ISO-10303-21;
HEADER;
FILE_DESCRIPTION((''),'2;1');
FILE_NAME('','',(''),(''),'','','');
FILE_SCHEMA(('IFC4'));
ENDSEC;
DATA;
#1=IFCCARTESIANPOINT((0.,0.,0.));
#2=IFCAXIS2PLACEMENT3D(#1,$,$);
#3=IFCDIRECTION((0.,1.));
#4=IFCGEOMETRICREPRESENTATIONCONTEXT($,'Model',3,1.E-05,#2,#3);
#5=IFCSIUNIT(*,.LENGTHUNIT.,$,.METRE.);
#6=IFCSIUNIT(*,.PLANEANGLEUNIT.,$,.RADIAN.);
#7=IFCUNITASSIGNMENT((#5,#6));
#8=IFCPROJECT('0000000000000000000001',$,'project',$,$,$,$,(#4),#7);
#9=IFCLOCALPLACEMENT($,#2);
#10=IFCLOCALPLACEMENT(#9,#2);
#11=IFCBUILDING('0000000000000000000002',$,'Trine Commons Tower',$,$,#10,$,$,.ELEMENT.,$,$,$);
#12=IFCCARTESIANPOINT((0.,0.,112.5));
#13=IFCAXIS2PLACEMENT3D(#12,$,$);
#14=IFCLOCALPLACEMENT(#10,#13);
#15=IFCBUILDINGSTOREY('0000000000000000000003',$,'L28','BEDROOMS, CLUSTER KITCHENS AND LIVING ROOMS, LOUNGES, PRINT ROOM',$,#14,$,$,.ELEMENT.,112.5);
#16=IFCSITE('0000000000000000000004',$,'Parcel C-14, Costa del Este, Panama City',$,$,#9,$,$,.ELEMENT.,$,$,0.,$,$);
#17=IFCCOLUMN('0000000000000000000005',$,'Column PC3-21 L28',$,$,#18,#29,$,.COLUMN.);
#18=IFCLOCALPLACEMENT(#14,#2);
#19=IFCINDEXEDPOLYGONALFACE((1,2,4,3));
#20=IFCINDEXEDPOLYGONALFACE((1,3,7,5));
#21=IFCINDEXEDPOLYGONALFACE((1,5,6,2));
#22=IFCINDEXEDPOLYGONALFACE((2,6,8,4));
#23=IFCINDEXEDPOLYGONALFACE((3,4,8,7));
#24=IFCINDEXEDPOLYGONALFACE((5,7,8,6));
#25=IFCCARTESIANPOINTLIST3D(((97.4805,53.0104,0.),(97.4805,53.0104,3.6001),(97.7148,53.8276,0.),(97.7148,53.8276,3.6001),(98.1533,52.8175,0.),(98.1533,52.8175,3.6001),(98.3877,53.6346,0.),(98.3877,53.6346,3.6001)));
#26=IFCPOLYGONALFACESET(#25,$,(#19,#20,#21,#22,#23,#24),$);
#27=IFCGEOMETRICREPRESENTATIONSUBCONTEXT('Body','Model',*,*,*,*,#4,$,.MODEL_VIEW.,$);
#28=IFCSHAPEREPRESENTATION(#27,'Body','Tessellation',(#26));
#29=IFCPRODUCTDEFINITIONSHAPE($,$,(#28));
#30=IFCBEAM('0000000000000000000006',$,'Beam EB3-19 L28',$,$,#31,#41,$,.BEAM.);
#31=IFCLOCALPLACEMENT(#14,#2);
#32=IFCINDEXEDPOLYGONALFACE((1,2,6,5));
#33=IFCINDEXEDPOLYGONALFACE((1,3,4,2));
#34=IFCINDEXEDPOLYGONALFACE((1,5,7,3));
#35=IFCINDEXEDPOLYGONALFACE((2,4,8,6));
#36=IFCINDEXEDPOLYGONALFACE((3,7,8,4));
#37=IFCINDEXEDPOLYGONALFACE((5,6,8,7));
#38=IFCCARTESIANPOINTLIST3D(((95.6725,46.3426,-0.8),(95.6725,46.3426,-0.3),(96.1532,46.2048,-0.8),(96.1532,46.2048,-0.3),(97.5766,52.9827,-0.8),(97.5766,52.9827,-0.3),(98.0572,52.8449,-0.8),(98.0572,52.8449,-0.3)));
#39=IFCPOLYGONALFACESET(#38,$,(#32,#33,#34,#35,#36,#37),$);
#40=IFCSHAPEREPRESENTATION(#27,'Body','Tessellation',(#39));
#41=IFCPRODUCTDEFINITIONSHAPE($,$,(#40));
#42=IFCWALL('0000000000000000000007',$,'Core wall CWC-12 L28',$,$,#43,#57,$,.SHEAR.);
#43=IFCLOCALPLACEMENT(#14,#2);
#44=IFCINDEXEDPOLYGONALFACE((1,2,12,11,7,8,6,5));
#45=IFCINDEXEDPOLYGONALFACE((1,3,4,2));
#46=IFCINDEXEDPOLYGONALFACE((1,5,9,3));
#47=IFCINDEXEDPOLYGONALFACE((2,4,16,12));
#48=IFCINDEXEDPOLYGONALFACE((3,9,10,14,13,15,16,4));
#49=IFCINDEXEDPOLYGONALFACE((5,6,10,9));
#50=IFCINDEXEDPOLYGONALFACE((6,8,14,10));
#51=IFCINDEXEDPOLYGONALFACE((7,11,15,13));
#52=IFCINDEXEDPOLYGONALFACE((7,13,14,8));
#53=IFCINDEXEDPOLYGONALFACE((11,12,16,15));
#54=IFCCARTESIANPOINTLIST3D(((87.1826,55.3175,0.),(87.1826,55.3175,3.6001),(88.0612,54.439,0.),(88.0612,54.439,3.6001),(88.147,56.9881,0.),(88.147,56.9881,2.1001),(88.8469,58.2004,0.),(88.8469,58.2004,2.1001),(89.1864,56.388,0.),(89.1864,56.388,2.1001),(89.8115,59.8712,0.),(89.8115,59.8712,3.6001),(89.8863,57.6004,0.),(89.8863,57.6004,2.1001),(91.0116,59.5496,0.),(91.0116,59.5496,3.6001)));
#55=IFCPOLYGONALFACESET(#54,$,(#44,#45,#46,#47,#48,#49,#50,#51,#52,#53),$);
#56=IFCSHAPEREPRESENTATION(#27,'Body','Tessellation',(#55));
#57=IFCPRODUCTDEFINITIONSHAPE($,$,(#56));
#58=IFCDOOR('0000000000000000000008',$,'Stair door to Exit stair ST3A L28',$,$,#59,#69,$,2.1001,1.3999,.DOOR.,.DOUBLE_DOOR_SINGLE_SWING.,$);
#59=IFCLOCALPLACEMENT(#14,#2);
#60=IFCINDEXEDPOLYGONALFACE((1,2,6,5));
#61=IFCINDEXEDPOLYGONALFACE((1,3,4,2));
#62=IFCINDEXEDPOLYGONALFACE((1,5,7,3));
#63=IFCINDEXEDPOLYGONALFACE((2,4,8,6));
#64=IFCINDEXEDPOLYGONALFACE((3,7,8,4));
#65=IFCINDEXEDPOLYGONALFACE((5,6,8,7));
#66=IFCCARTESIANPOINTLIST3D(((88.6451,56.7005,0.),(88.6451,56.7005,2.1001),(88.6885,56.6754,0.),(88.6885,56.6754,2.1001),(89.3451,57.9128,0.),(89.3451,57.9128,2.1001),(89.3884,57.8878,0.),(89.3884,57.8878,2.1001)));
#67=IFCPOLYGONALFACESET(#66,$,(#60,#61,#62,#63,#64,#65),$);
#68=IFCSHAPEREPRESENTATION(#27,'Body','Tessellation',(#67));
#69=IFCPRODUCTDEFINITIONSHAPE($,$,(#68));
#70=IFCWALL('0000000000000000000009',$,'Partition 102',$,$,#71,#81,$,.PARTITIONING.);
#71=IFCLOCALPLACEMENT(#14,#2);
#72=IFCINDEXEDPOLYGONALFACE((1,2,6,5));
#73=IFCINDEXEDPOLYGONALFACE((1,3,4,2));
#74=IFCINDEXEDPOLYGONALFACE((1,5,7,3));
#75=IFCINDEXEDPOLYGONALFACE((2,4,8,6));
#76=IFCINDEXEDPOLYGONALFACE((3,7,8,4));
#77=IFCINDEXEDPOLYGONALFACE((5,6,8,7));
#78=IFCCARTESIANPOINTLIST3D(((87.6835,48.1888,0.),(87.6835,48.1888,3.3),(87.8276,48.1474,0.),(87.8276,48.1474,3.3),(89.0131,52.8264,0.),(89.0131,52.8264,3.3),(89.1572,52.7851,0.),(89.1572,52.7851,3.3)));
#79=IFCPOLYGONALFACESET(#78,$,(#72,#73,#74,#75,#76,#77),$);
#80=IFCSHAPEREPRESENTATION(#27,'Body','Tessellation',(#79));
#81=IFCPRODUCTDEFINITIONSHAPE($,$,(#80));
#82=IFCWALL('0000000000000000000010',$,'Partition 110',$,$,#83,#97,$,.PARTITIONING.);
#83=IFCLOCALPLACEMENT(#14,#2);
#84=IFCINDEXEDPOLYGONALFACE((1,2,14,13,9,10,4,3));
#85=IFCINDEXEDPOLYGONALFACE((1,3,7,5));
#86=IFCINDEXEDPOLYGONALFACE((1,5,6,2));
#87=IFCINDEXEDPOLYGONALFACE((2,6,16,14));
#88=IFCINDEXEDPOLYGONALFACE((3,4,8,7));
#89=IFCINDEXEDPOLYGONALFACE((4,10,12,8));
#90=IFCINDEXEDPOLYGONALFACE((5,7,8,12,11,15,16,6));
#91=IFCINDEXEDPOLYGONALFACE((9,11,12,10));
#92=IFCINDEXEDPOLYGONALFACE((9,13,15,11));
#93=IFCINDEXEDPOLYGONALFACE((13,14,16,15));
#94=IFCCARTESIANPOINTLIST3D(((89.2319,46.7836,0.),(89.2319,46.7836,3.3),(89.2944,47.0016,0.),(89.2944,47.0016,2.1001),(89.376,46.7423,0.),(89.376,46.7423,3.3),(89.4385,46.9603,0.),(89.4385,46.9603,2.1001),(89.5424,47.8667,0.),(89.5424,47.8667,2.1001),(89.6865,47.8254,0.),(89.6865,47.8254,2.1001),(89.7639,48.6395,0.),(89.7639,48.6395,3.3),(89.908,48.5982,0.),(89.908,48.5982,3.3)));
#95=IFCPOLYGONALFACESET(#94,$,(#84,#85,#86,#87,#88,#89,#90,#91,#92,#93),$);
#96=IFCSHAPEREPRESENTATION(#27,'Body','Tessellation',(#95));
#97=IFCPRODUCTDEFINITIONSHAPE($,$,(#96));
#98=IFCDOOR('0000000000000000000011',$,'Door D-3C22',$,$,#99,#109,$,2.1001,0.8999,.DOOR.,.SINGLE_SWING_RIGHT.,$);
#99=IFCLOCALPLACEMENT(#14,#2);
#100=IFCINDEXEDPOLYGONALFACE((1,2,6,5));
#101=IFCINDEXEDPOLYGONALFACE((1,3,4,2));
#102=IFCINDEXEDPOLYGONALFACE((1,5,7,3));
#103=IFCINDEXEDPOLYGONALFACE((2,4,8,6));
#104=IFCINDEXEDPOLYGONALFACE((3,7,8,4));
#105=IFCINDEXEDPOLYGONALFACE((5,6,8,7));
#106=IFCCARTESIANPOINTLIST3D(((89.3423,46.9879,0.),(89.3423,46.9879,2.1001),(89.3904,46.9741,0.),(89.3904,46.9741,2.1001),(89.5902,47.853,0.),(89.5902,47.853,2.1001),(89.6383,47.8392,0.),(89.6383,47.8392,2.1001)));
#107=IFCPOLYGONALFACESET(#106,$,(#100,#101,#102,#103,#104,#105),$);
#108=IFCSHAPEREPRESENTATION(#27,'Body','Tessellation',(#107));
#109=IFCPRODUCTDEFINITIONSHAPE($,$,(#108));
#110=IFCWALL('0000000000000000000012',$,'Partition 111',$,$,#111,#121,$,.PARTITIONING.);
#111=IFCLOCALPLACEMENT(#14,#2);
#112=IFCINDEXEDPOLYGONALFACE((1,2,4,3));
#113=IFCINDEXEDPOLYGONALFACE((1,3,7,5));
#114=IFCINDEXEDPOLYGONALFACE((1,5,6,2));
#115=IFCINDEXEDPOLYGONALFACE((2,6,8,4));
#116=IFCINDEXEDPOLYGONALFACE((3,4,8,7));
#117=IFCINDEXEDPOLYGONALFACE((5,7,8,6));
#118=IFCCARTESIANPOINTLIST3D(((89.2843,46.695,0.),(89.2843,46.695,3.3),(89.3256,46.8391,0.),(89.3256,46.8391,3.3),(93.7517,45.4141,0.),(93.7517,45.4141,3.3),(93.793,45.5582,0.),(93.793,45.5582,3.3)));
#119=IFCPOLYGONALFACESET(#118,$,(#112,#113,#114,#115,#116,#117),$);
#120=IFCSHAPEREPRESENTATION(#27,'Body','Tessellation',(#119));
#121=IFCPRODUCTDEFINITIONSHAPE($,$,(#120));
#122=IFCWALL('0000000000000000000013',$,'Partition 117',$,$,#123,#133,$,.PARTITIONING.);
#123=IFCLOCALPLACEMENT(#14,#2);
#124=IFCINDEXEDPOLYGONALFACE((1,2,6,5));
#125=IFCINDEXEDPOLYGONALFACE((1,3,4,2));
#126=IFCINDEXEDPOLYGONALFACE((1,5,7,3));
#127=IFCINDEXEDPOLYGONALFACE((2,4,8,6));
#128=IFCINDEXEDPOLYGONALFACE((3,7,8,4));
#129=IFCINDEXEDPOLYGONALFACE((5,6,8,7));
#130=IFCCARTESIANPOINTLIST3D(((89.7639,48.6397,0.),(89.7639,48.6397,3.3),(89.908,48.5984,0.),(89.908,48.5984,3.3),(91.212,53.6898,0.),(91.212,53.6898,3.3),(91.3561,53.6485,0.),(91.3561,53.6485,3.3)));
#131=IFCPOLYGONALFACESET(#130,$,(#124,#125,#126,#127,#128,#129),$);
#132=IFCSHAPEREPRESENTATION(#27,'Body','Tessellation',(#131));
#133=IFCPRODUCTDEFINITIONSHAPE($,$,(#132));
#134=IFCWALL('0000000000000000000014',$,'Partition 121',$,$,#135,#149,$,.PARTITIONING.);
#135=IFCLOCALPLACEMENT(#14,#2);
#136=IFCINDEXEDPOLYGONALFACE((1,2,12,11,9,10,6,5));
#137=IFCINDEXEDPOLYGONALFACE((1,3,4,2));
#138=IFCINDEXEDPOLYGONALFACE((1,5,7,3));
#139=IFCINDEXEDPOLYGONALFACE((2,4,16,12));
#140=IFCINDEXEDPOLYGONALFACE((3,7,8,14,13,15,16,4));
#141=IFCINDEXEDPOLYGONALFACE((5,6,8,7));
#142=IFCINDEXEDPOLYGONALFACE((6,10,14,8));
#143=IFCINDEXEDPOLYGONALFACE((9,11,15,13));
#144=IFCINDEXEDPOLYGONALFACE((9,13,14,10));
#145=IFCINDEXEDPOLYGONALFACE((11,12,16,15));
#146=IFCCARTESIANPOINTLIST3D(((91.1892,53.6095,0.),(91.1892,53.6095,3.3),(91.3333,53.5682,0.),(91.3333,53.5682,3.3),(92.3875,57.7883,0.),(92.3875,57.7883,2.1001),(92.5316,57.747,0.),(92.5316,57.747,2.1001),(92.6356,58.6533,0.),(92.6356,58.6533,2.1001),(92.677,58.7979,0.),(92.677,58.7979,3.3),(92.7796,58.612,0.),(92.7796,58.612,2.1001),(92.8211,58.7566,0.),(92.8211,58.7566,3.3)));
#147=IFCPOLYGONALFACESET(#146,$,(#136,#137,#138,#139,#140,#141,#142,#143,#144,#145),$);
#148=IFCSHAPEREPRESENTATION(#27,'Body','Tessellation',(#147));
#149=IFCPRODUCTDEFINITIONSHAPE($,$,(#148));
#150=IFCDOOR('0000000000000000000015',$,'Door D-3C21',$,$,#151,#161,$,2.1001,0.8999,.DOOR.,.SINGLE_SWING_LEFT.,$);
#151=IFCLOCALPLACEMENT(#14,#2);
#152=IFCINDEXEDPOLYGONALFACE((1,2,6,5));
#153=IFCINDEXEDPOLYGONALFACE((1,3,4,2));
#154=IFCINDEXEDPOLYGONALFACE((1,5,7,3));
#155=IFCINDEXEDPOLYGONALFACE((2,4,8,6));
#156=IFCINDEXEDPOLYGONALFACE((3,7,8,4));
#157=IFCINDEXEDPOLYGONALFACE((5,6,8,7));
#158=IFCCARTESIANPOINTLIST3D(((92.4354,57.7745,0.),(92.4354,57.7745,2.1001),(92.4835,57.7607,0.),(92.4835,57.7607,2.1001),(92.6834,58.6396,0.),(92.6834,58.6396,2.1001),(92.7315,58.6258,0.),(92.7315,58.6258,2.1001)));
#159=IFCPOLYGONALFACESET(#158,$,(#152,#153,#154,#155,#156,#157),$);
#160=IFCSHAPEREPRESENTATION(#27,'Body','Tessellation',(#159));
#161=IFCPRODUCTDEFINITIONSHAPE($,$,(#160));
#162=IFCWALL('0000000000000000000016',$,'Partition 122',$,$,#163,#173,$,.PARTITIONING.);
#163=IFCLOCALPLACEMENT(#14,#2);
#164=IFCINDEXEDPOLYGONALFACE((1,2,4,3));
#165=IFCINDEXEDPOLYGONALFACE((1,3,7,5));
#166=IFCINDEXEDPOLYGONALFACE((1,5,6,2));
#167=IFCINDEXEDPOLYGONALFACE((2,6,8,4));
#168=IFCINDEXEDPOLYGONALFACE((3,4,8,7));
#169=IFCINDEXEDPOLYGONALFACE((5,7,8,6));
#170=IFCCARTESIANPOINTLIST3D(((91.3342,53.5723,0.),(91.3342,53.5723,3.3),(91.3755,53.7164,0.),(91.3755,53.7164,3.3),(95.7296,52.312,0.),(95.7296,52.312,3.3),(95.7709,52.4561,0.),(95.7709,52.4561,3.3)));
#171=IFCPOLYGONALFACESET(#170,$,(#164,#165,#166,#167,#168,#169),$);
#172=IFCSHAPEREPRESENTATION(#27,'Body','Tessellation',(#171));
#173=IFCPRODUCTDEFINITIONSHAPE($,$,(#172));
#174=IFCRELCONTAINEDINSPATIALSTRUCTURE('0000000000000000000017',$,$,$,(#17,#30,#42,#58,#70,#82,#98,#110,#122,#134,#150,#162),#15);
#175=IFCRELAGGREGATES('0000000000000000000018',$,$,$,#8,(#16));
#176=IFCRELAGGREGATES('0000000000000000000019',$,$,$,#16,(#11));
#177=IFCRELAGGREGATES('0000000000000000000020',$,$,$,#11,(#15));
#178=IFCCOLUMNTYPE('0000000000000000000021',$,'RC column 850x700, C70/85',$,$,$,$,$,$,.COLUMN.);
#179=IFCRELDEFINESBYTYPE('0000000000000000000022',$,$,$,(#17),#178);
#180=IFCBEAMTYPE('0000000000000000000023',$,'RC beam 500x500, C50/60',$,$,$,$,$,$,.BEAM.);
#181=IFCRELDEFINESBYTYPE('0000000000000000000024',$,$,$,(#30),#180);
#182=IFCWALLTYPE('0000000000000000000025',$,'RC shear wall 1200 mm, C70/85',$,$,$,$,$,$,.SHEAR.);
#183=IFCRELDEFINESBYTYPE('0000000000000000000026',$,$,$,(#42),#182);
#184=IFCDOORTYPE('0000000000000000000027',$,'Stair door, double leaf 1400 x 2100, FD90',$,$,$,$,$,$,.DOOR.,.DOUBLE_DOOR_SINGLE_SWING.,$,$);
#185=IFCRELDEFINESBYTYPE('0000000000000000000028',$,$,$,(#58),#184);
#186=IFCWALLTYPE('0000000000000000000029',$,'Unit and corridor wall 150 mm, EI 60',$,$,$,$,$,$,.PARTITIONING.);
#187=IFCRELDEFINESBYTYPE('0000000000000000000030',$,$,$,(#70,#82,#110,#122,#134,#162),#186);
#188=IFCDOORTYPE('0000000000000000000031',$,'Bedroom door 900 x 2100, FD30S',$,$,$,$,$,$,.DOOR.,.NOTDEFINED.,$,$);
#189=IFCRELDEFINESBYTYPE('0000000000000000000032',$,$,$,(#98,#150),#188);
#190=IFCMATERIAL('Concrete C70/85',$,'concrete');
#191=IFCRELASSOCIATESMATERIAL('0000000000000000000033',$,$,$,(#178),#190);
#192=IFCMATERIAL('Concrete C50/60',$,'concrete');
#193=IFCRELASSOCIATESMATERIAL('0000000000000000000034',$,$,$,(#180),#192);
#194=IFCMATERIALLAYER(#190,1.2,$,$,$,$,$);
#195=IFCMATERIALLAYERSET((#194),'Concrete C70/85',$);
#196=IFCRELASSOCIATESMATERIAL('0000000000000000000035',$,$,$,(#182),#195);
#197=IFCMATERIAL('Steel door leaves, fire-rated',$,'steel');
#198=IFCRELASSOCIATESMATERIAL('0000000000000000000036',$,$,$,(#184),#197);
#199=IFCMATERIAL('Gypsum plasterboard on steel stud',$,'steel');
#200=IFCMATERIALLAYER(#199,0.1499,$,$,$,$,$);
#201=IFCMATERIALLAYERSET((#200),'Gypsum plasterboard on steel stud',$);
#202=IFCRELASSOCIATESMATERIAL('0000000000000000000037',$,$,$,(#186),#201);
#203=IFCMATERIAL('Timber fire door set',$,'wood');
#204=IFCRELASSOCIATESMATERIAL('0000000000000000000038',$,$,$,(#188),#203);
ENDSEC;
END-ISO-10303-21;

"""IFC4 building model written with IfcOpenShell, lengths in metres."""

from ifc_helpers import new_model, si_unit, direction, frame, frame_2d, origin, origin_2d, place, context, subcontext, project, spatial, polyline, rectangle, outline, extrude, material, layer, layer_set, material_profile, profile_set, type_object, element, fill, save


model = new_model("IFC4")

# Units and contexts
model_context = context("Model", 3, precision=1e-05, world=origin(), true_north=direction((0.0, 1.0)))
body_context = subcontext(model_context, "Body", "Model", "MODEL_VIEW")
ifc_project = project(units=[si_unit("LENGTHUNIT", "METRE"), si_unit("PLANEANGLEUNIT", "RADIAN")], contexts=[model_context])

# Site, building, storey
site_placement = place(None, origin())
site = spatial("IfcSite", under=ifc_project, at=site_placement, Name="Parcel C-14, Costa del Este, Panama City", CompositionType="ELEMENT", RefElevation=0.0)
building_placement = place(site_placement, origin())
building = spatial("IfcBuilding", under=site, at=building_placement, Name="Trine Commons Tower", CompositionType="ELEMENT")
storey_placement = place(building_placement, frame((0.0, 0.0, 112.5)))
storey = spatial("IfcBuildingStorey", under=building, at=storey_placement, Name="L28", Description="BEDROOMS, CLUSTER KITCHENS AND LIVING ROOMS, LOUNGES, PRINT ROOM", CompositionType="ELEMENT", Elevation=112.5)

# Column
ifc_material_1 = material(Name="Concrete C70/85", Category="concrete")
ifc_material_profile_1 = material_profile(ifc_material_1, rectangle(XDim=0.8501, YDim=0.7, at=origin_2d()), Name="RC 850x700")
ifc_profile_set_1 = profile_set([ifc_material_profile_1], Name="Concrete C70/85")
column_type = type_object("IfcColumnType", Name="RC column 850x700, C70/85", PredefinedType="COLUMN", material=ifc_profile_set_1)
column_placement = place(storey_placement, frame((97.9341, 53.3225, 0.0), z_axis=(0.0, 0.0, 1.0), x_axis=(0.275637, 0.961262, 0.0)))
element("IfcColumn", 1, at=column_placement, inside=storey, type_object=column_type, Name="Column PC3-21 L28", PredefinedType="COLUMN", context=body_context, shape_type="SweptSolid", body=[
    extrude(rectangle(XDim=0.8501, YDim=0.7, at=origin_2d()), origin(), (0.0, 0.0, 1.0), 3.6001),
])

# Beam
ifc_material_2 = material(Name="Concrete C50/60", Category="concrete")
ifc_material_profile_2 = material_profile(ifc_material_2, rectangle(XDim=0.5, YDim=0.5, at=origin_2d()), Name="RC 500x500")
ifc_profile_set_2 = profile_set([ifc_material_profile_2], Name="Concrete C50/60")
beam_type = type_object("IfcBeamType", Name="RC beam 500x500, C50/60", PredefinedType="BEAM", material=ifc_profile_set_2)
beam_placement = place(storey_placement, frame((97.8169, 52.9138, -0.55), z_axis=(-0.275641, -0.961261, 0.0), x_axis=(0.961261, -0.275641, 0.0)))
element("IfcBeam", 2, at=beam_placement, inside=storey, type_object=beam_type, Name="Beam EB3-19 L28", PredefinedType="BEAM", context=body_context, shape_type="SweptSolid", body=[
    extrude(rectangle(XDim=0.5, YDim=0.5, at=origin_2d()), origin(), (0.0, 0.0, 1.0), 6.9077),
])

# Wall, opening, door
ifc_layer_1 = layer(ifc_material_1, 1.2)
ifc_layer_set_1 = layer_set([ifc_layer_1], Name="Concrete C70/85")
wall_type_1 = type_object("IfcWallType", Name="RC shear wall 1200 mm, C70/85", PredefinedType="SHEAR", material=ifc_layer_set_1)
wall_1_placement = place(storey_placement, frame((87.5415, 54.739, 0.0), z_axis=(0.0, 0.0, 1.0), x_axis=(0.499979, 0.866037, 0.0)))
wall_1 = element("IfcWall", 3, at=wall_1_placement, inside=storey, type_object=wall_type_1, Name="Core wall CWC-12 L28", PredefinedType="SHEAR", context=body_context, shape_type="SweptSolid", body=[
    extrude(outline(polyline([(0.0, -0.6001), (5.9011, -0.6001), (5.5796, 0.6001), (0.3215, 0.6001), (0.0, -0.6001)])), origin(), (0.0, 0.0, 1.0), 3.6001),
])
opening_1_placement = place(wall_1_placement, frame((2.2505, 0.0, 0.0)))
opening_1 = element("IfcOpeningElement", 4, at=opening_1_placement, cuts=wall_1, PredefinedType="OPENING", context=body_context, shape_type="SweptSolid", body=[
    extrude(rectangle(XDim=1.3999, YDim=2.1001, at=frame_2d((0.7, 1.05))), frame((0.0, 0.6099, 0.0), z_axis=(0.0, -1.0, 0.0), x_axis=(1.0, 0.0, 0.0)), (0.0, 0.0, 1.0), 1.22),
])
ifc_material_3 = material(Name="Steel door leaves, fire-rated", Category="steel")
door_type_1 = type_object("IfcDoorType", Name="Stair door, double leaf 1400 x 2100, FD90", OperationType="DOUBLE_DOOR_SINGLE_SWING", PredefinedType="DOOR", material=ifc_material_3)
door_1_placement = place(opening_1_placement, origin())
door_1 = element("IfcDoor", 5, at=door_1_placement, inside=storey, type_object=door_type_1, Name="Stair door to Exit stair ST3A L28", OperationType="DOUBLE_DOOR_SINGLE_SWING", OverallHeight=2.1001, OverallWidth=1.3999, PredefinedType="DOOR", context=body_context, shape_type="SweptSolid", body=[
    extrude(rectangle(XDim=1.3999, YDim=2.1001, at=frame_2d((0.7, 1.05))), frame((0.0, 0.0249, 0.0), z_axis=(0.0, -1.0, 0.0), x_axis=(1.0, 0.0, 0.0)), (0.0, 0.0, 1.0), 0.05),
])
fill(opening_1, door_1)

# Wall
ifc_material_4 = material(Name="Gypsum plasterboard on steel stud", Category="steel")
ifc_layer_2 = layer(ifc_material_4, 0.1499)
ifc_layer_set_2 = layer_set([ifc_layer_2], Name="Gypsum plasterboard on steel stud")
wall_type_2 = type_object("IfcWallType", Name="Unit and corridor wall 150 mm, EI 60", PredefinedType="PARTITIONING", material=ifc_layer_set_2)
wall_2_placement = place(storey_placement, frame((87.7556, 48.1682, 0.0), z_axis=(0.0, 0.0, 1.0), x_axis=(0.27559, 0.961275, 0.0)))
element("IfcWall", 6, at=wall_2_placement, inside=storey, type_object=wall_type_2, Name="Partition 102", PredefinedType="PARTITIONING", context=body_context, shape_type="SweptSolid", body=[
    extrude(rectangle(XDim=4.8245, YDim=0.1499, at=frame_2d((2.4121, 0.0))), origin(), (0.0, 0.0, 1.0), 3.3),
])

# Wall, opening, door
wall_3_placement = place(storey_placement, frame((89.304, 46.7629, 0.0), z_axis=(0.0, 0.0, 1.0), x_axis=(0.275539, 0.96129, 0.0)))
wall_3 = element("IfcWall", 7, at=wall_3_placement, inside=storey, type_object=wall_type_2, Name="Partition 110", PredefinedType="PARTITIONING", context=body_context, shape_type="SweptSolid", body=[
    extrude(rectangle(XDim=1.9307, YDim=0.1499, at=frame_2d((0.9653, 0.0))), origin(), (0.0, 0.0, 1.0), 3.3),
])
opening_2_placement = place(wall_3_placement, frame((0.2268, 0.0, 0.0)))
opening_2 = element("IfcOpeningElement", 8, at=opening_2_placement, cuts=wall_3, PredefinedType="OPENING", context=body_context, shape_type="SweptSolid", body=[
    extrude(rectangle(XDim=0.8999, YDim=2.1001, at=frame_2d((0.45, 1.05))), frame((0.0, 0.085, 0.0), z_axis=(0.0, -1.0, 0.0), x_axis=(1.0, 0.0, 0.0)), (0.0, 0.0, 1.0), 0.1699),
])
ifc_material_5 = material(Name="Timber fire door set", Category="wood")
door_type_2 = type_object("IfcDoorType", Name="Bedroom door 900 x 2100, FD30S", OperationType="NOTDEFINED", PredefinedType="DOOR", material=ifc_material_5)
door_2_placement = place(opening_2_placement, frame((0.8999, 0.0, 0.0), z_axis=(0.0, 0.0, 1.0), x_axis=(-1.0, 0.0, 0.0)))
door_2 = element("IfcDoor", 9, at=door_2_placement, inside=storey, type_object=door_type_2, Name="Door D-3C22", OperationType="SINGLE_SWING_RIGHT", OverallHeight=2.1001, OverallWidth=0.8999, PredefinedType="DOOR", context=body_context, shape_type="SweptSolid", body=[
    extrude(rectangle(XDim=0.8999, YDim=2.1001, at=frame_2d((0.45, 1.05))), frame((0.0, 0.0249, 0.0), z_axis=(0.0, -1.0, 0.0), x_axis=(1.0, 0.0, 0.0)), (0.0, 0.0, 1.0), 0.05),
])
fill(opening_2, door_2)

# Walls
wall_4_placement = place(storey_placement, frame((89.3049, 46.7671, 0.0), z_axis=(0.0, 0.0, 1.0), x_axis=(0.961264, -0.27563, 0.0)))
element("IfcWall", 10, at=wall_4_placement, inside=storey, type_object=wall_type_2, Name="Partition 111", PredefinedType="PARTITIONING", context=body_context, shape_type="SweptSolid", body=[
    extrude(rectangle(XDim=4.6475, YDim=0.1499, at=frame_2d((2.3237, 0.0))), origin(), (0.0, 0.0, 1.0), 3.3),
])
wall_5_placement = place(storey_placement, frame((89.8359, 48.6189, 0.0), z_axis=(0.0, 0.0, 1.0), x_axis=(0.275623, 0.961266, 0.0)))
element("IfcWall", 11, at=wall_5_placement, inside=storey, type_object=wall_type_2, Name="Partition 117", PredefinedType="PARTITIONING", context=body_context, shape_type="SweptSolid", body=[
    extrude(rectangle(XDim=5.2537, YDim=0.1499, at=frame_2d((2.627, 0.0))), origin(), (0.0, 0.0, 1.0), 3.3),
])

# Wall, opening, door
wall_6_placement = place(storey_placement, frame((91.2612, 53.5889, 0.0), z_axis=(0.0, 0.0, 1.0), x_axis=(0.275653, 0.961257, 0.0)))
wall_6 = element("IfcWall", 12, at=wall_6_placement, inside=storey, type_object=wall_type_2, Name="Partition 121", PredefinedType="PARTITIONING", context=body_context, shape_type="SweptSolid", body=[
    extrude(rectangle(XDim=5.3975, YDim=0.1499, at=frame_2d((2.6987, 0.0))), origin(), (0.0, 0.0, 1.0), 3.3),
])
opening_3_placement = place(wall_6_placement, frame((4.3472, 0.0, 0.0)))
opening_3 = element("IfcOpeningElement", 13, at=opening_3_placement, cuts=wall_6, PredefinedType="OPENING", context=body_context, shape_type="SweptSolid", body=[
    extrude(rectangle(XDim=0.8999, YDim=2.1001, at=frame_2d((0.45, 1.05))), frame((0.0, 0.085, 0.0), z_axis=(0.0, -1.0, 0.0), x_axis=(1.0, 0.0, 0.0)), (0.0, 0.0, 1.0), 0.1699),
])
door_3_placement = place(opening_3_placement, frame((0.8999, 0.0, 0.0), z_axis=(0.0, 0.0, 1.0), x_axis=(-1.0, 0.0, 0.0)))
door_3 = element("IfcDoor", 14, at=door_3_placement, inside=storey, type_object=door_type_2, Name="Door D-3C21", OperationType="SINGLE_SWING_LEFT", OverallHeight=2.1001, OverallWidth=0.8999, PredefinedType="DOOR", context=body_context, shape_type="SweptSolid", body=[
    extrude(rectangle(XDim=0.8999, YDim=2.1001, at=frame_2d((0.45, 1.05))), frame((0.0, 0.0249, 0.0), z_axis=(0.0, -1.0, 0.0), x_axis=(1.0, 0.0, 0.0)), (0.0, 0.0, 1.0), 0.05),
])
fill(opening_3, door_3)

# Wall
wall_7_placement = place(storey_placement, frame((91.355, 53.6443, 0.0), z_axis=(0.0, 0.0, 1.0), x_axis=(0.96127, -0.27561, 0.0)))
element("IfcWall", 15, at=wall_7_placement, inside=storey, type_object=wall_type_2, Name="Partition 122", PredefinedType="PARTITIONING", context=body_context, shape_type="SweptSolid", body=[
    extrude(rectangle(XDim=4.5725, YDim=0.1499, at=frame_2d((2.2861, 0.0))), origin(), (0.0, 0.0, 1.0), 3.3),
])

save(model, "model.ifc")
